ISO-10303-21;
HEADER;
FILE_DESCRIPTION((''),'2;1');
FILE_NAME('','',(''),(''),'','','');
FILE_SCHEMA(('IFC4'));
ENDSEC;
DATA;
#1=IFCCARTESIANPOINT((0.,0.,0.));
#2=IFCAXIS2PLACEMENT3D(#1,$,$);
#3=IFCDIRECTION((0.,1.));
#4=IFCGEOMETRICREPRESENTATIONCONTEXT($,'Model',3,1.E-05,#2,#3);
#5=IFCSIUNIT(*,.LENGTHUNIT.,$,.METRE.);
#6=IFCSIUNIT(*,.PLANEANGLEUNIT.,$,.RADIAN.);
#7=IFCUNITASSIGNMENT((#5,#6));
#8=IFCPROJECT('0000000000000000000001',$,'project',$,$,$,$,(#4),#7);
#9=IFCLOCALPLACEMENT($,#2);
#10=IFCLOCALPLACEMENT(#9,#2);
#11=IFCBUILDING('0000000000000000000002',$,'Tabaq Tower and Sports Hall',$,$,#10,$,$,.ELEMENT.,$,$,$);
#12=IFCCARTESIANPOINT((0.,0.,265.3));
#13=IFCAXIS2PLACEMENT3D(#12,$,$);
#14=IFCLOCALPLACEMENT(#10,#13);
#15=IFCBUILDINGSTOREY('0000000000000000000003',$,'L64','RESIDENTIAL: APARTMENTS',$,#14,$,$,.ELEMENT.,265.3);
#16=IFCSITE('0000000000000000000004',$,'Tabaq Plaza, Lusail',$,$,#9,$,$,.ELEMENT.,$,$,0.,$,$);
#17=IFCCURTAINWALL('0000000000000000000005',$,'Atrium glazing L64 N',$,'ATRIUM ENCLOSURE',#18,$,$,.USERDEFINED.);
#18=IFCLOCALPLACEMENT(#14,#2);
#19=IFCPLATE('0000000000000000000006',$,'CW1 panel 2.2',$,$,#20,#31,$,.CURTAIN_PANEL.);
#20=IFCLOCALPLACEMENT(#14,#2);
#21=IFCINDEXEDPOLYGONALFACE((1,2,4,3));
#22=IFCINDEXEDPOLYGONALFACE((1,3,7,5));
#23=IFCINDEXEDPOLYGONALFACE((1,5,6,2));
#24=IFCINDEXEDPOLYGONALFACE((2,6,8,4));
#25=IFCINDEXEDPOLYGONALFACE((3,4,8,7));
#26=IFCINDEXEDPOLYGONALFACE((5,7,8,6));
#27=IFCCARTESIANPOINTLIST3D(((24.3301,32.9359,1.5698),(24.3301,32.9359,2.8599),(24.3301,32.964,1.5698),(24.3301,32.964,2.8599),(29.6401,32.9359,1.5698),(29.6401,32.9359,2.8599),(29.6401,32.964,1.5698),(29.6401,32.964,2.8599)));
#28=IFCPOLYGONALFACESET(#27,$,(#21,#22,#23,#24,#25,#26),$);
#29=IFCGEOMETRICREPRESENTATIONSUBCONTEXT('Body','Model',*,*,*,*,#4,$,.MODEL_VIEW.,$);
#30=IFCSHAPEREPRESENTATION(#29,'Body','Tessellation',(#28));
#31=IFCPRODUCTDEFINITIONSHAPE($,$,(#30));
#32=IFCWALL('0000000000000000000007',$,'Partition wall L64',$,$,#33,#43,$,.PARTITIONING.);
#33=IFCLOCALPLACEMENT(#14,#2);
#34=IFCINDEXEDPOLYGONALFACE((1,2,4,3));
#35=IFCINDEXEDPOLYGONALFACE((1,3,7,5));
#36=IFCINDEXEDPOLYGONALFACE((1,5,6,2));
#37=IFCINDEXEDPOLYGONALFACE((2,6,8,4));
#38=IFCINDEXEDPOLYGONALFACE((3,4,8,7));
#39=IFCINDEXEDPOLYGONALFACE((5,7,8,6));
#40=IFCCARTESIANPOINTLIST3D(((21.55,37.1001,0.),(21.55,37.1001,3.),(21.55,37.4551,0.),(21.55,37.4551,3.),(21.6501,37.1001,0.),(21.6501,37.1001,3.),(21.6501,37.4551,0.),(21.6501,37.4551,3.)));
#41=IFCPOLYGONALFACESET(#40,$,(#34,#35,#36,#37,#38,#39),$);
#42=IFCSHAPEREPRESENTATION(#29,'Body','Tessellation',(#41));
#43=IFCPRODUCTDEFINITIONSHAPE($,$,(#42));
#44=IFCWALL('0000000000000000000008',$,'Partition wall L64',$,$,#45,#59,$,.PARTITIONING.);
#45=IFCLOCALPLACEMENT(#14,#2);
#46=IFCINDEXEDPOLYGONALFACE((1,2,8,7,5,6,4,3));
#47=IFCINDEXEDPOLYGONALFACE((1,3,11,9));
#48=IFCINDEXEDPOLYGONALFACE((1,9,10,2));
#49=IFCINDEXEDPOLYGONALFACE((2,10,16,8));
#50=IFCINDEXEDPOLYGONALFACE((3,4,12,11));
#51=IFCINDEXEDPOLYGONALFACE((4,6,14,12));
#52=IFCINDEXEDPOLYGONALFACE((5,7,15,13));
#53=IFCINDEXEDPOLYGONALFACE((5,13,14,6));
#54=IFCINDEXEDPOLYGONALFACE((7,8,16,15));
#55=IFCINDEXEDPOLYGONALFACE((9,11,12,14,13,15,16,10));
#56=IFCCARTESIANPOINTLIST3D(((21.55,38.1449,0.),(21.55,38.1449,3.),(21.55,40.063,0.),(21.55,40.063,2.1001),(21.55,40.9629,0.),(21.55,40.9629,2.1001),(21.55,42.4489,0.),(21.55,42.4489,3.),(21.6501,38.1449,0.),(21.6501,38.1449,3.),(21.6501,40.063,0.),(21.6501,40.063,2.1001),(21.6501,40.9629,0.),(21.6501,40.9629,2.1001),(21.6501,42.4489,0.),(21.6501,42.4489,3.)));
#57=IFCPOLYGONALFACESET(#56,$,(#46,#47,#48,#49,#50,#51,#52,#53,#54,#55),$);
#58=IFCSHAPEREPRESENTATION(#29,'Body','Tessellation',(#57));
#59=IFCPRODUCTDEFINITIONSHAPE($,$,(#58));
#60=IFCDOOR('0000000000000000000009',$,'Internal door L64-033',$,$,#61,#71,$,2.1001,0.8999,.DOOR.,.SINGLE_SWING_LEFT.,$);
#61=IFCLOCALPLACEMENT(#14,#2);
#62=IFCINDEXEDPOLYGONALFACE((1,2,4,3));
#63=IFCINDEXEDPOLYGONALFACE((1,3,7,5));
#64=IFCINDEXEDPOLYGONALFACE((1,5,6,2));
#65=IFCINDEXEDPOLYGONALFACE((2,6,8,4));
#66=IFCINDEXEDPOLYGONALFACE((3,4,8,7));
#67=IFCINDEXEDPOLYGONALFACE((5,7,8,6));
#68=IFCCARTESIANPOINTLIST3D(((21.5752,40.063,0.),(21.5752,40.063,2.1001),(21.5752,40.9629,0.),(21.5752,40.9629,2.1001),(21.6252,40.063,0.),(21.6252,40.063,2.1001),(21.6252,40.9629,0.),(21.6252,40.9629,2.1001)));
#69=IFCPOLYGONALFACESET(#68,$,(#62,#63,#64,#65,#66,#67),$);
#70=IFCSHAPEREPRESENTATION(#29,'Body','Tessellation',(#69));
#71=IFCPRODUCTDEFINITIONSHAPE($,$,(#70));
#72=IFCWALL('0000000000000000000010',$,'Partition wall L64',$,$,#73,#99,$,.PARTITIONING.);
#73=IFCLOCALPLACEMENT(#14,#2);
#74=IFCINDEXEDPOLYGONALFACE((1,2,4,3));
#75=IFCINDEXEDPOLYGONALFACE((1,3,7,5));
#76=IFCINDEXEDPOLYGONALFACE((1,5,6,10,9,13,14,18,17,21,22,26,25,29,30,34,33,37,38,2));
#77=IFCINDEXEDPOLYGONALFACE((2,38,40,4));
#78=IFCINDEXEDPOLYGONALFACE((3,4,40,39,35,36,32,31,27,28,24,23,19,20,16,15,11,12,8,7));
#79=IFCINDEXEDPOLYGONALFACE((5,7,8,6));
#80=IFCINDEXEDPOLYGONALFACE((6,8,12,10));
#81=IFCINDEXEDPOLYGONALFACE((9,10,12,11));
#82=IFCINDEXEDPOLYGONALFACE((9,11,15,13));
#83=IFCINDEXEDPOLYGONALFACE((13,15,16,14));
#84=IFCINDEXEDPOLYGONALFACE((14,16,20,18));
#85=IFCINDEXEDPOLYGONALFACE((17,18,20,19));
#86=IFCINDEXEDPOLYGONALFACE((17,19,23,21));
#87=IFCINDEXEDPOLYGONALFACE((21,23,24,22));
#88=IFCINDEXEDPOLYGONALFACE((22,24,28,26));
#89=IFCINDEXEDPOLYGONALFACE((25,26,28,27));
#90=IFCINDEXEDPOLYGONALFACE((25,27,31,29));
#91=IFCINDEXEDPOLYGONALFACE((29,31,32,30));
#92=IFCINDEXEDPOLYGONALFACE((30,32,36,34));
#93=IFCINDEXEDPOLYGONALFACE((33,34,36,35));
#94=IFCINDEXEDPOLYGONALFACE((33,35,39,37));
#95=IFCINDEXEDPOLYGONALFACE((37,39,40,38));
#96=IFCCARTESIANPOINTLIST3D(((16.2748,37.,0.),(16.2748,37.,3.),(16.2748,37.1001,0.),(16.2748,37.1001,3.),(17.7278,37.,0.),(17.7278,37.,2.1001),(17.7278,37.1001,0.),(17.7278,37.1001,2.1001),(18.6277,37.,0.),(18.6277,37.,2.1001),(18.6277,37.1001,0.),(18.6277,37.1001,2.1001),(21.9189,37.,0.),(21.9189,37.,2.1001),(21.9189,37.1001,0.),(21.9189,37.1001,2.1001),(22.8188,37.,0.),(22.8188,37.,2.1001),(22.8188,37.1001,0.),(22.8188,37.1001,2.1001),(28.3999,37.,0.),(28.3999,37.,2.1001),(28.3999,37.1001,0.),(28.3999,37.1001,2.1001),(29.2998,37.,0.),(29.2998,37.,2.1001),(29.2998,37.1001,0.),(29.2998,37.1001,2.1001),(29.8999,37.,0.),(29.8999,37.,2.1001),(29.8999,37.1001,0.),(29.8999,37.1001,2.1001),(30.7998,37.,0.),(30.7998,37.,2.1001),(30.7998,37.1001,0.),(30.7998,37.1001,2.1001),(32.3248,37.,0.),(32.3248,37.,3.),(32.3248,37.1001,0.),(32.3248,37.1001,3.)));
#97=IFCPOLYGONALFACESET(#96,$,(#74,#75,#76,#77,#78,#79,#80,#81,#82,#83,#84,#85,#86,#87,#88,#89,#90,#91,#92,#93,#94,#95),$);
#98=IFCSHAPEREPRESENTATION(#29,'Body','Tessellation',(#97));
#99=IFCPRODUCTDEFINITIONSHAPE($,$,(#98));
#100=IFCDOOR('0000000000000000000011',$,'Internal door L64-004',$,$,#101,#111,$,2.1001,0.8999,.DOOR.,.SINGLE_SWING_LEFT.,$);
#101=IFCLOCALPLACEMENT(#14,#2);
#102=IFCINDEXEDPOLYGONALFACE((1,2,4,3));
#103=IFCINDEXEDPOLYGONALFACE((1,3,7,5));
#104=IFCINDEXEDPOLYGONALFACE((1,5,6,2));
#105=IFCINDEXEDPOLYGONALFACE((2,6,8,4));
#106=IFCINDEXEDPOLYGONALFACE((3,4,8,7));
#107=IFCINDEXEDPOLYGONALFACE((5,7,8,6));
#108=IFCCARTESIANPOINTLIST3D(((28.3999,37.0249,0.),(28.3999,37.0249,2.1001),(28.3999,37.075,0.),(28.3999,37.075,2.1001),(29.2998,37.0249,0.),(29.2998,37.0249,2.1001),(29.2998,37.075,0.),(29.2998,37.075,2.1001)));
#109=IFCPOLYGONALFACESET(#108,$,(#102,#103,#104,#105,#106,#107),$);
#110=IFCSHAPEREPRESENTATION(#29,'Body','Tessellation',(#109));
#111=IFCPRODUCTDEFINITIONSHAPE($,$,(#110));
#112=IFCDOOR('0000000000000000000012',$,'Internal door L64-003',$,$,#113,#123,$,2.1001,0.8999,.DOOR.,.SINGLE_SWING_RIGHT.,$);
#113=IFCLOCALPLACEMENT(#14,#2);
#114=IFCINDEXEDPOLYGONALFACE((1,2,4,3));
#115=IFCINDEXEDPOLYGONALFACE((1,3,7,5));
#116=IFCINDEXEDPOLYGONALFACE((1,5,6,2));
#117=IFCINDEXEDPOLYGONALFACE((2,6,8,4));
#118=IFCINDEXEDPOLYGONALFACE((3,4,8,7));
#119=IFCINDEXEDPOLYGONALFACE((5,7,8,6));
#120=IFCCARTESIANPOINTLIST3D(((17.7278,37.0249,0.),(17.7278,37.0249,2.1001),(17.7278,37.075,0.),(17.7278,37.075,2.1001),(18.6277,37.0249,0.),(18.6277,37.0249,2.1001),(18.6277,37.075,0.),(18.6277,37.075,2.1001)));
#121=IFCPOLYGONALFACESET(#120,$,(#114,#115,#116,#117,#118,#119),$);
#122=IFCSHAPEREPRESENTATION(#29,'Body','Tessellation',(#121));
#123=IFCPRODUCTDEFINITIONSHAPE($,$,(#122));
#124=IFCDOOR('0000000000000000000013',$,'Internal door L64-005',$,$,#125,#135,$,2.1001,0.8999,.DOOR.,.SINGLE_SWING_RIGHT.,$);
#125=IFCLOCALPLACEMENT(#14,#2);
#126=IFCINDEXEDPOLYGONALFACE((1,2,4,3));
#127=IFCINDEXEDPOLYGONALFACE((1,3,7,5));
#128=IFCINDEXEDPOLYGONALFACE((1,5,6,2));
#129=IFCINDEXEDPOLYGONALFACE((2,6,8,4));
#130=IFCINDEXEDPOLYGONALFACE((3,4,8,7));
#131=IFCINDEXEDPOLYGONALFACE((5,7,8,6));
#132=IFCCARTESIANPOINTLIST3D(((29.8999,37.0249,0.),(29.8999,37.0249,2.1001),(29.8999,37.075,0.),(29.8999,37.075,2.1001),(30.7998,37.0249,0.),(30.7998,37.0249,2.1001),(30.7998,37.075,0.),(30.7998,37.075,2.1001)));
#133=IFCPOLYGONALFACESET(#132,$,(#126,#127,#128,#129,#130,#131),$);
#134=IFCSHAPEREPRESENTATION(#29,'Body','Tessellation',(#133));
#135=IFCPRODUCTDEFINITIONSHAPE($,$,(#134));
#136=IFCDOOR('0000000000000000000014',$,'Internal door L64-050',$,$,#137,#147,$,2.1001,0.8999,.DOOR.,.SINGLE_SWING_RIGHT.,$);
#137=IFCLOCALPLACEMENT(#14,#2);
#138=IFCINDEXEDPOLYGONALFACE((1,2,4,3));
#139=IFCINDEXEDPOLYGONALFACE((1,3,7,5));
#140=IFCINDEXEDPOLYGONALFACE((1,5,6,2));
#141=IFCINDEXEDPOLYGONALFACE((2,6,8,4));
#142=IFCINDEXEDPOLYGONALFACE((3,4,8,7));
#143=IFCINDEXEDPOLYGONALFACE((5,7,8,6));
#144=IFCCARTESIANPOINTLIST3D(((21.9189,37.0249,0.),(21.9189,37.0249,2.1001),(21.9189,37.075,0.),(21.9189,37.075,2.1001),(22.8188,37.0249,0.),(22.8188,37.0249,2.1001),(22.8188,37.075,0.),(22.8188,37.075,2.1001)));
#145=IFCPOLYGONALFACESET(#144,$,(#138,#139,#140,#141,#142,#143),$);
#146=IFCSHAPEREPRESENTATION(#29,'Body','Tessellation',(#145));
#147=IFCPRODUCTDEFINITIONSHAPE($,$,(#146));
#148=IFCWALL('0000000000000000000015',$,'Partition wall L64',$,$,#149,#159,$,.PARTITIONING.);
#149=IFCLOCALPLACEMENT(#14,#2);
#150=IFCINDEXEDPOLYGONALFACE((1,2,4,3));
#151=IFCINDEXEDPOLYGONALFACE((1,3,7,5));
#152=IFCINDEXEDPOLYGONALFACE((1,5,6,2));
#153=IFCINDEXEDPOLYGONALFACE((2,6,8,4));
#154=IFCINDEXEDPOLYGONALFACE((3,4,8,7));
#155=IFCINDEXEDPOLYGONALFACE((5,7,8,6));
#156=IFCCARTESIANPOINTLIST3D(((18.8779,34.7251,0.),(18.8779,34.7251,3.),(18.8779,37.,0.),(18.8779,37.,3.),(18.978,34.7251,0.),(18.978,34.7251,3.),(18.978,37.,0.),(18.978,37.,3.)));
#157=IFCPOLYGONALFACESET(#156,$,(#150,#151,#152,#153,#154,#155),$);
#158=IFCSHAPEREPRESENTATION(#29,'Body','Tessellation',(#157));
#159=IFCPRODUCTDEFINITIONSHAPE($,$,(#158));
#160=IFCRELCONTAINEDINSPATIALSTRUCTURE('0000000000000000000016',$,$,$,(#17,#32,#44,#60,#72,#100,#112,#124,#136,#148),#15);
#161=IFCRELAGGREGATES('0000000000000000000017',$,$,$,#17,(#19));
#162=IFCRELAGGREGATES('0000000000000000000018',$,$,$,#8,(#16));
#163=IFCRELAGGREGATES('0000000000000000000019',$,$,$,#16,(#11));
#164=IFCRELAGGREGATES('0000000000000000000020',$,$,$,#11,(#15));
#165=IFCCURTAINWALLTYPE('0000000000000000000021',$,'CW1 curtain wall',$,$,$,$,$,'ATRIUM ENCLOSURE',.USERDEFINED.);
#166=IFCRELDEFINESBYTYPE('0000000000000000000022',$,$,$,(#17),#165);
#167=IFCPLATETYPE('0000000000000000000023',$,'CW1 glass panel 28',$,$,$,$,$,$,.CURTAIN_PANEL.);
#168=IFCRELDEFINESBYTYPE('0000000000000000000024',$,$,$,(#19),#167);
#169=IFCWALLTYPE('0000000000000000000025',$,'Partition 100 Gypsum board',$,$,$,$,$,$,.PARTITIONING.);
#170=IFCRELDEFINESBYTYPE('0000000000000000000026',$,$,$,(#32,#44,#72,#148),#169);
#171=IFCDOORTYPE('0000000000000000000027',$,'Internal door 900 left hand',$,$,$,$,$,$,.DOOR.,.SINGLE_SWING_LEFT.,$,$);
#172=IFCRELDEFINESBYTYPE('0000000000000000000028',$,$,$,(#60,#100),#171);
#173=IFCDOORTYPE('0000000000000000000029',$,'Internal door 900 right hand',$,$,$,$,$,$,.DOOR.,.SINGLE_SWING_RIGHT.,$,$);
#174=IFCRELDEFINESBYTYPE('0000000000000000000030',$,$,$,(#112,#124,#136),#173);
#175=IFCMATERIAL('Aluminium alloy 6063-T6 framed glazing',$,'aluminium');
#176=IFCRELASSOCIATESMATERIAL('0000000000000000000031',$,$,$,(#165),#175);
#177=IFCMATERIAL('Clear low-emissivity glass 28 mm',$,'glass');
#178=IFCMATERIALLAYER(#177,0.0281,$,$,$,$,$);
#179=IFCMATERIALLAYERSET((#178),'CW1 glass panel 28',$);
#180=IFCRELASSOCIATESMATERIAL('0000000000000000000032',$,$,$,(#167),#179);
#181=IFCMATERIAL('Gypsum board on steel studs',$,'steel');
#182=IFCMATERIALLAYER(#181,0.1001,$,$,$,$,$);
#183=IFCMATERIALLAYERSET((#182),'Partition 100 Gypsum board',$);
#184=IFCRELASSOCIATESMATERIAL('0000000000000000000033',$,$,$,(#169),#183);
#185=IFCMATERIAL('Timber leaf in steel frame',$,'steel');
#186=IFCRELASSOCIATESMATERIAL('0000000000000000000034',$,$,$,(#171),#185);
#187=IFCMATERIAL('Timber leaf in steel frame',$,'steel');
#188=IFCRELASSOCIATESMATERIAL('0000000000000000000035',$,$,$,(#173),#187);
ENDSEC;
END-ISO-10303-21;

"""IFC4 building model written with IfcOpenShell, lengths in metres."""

from ifc_helpers import new_model, si_unit, direction, frame, frame_2d, origin, origin_2d, place, context, subcontext, project, spatial, rectangle, extrude, material, layer, layer_set, type_object, element, fill, aggregate, save


model = new_model("IFC4")

# Units and contexts
model_context = context("Model", 3, precision=1e-05, world=origin(), true_north=direction((0.0, 1.0)))
body_context = subcontext(model_context, "Body", "Model", "MODEL_VIEW")
ifc_project = project(units=[si_unit("LENGTHUNIT", "METRE"), si_unit("PLANEANGLEUNIT", "RADIAN")], contexts=[model_context])

# Site, building, storey
site_placement = place(None, origin())
site = spatial("IfcSite", under=ifc_project, at=site_placement, Name="Tabaq Plaza, Lusail", CompositionType="ELEMENT", RefElevation=0.0)
building_placement = place(site_placement, origin())
building = spatial("IfcBuilding", under=site, at=building_placement, Name="Tabaq Tower and Sports Hall", CompositionType="ELEMENT")
storey_placement = place(building_placement, frame((0.0, 0.0, 265.3)))
storey = spatial("IfcBuildingStorey", under=building, at=storey_placement, Name="L64", Description="RESIDENTIAL: APARTMENTS", CompositionType="ELEMENT", Elevation=265.3)

# Curtain wall, plate
ifc_material_1 = material(Name="Aluminium alloy 6063-T6 framed glazing", Category="aluminium")
curtain_wall_type = type_object("IfcCurtainWallType", Name="CW1 curtain wall", ElementType="ATRIUM ENCLOSURE", PredefinedType="USERDEFINED", material=ifc_material_1)
curtain_wall_placement = place(storey_placement, origin())
curtain_wall = element("IfcCurtainWall", 1, at=curtain_wall_placement, inside=storey, type_object=curtain_wall_type, Name="Atrium glazing L64 N", ObjectType="ATRIUM ENCLOSURE", PredefinedType="USERDEFINED")
ifc_material_2 = material(Name="Clear low-emissivity glass 28 mm", Category="glass")
ifc_layer_1 = layer(ifc_material_2, 0.0281)
ifc_layer_set_1 = layer_set([ifc_layer_1], Name="CW1 glass panel 28")
plate_type = type_object("IfcPlateType", Name="CW1 glass panel 28", PredefinedType="CURTAIN_PANEL", material=ifc_layer_set_1)
plate_1_placement = place(storey_placement, frame((26.9851, 32.95, 1.5698), z_axis=(0.0, 0.0, 1.0), x_axis=(1.0, 0.0, 0.0)))
plate_1 = element("IfcPlate", 2, at=plate_1_placement, type_object=plate_type, Name="CW1 panel 2.2", PredefinedType="CURTAIN_PANEL", context=body_context, shape_type="SweptSolid", body=[
    extrude(rectangle(XDim=5.3101, YDim=0.0281, at=origin_2d()), origin(), (0.0, 0.0, 1.0), 1.29),
])
aggregate(curtain_wall, [plate_1])

# Wall
ifc_material_3 = material(Name="Gypsum board on steel studs", Category="steel")
ifc_layer_2 = layer(ifc_material_3, 0.1001)
ifc_layer_set_2 = layer_set([ifc_layer_2], Name="Partition 100 Gypsum board")
wall_type = type_object("IfcWallType", Name="Partition 100 Gypsum board", PredefinedType="PARTITIONING", material=ifc_layer_set_2)
wall_1_placement = place(storey_placement, frame((21.6001, 37.1001, 0.0), z_axis=(0.0, 0.0, 1.0), x_axis=(0.0, 1.0, 0.0)))
element("IfcWall", 3, at=wall_1_placement, inside=storey, type_object=wall_type, Name="Partition wall L64", PredefinedType="PARTITIONING", context=body_context, shape_type="SweptSolid", body=[
    extrude(rectangle(XDim=0.355, YDim=0.1001, at=frame_2d((0.1775, 0.0))), origin(), (0.0, 0.0, 1.0), 3.0),
])

# Wall, opening, door
wall_2_placement = place(storey_placement, frame((21.6001, 38.145, 0.0), z_axis=(0.0, 0.0, 1.0), x_axis=(0.0, 1.0, 0.0)))
wall_2 = element("IfcWall", 4, at=wall_2_placement, inside=storey, type_object=wall_type, Name="Partition wall L64", PredefinedType="PARTITIONING", context=body_context, shape_type="SweptSolid", body=[
    extrude(rectangle(XDim=4.304, YDim=0.1001, at=frame_2d((2.1519, 0.0))), origin(), (0.0, 0.0, 1.0), 3.0),
])
opening_1_placement = place(wall_2_placement, frame((1.918, 0.0, 0.0)))
opening_1 = element("IfcOpeningElement", 5, at=opening_1_placement, cuts=wall_2, PredefinedType="OPENING", context=body_context, shape_type="SweptSolid", body=[
    extrude(rectangle(XDim=0.8999, YDim=2.1001, at=frame_2d((0.45, 1.05))), frame((0.0, 0.05, 0.0), z_axis=(0.0, -1.0, 0.0), x_axis=(1.0, 0.0, 0.0)), (0.0, 0.0, 1.0), 0.1001),
])
ifc_material_4 = material(Name="Timber leaf in steel frame", Category="steel")
door_type_1 = type_object("IfcDoorType", Name="Internal door 900 left hand", OperationType="SINGLE_SWING_LEFT", PredefinedType="DOOR", material=ifc_material_4)
door_1_placement = place(opening_1_placement, origin())
door_1 = element("IfcDoor", 6, at=door_1_placement, inside=storey, type_object=door_type_1, Name="Internal door L64-033", OperationType="SINGLE_SWING_LEFT", OverallHeight=2.1001, OverallWidth=0.8999, PredefinedType="DOOR", context=body_context, shape_type="SweptSolid", body=[
    extrude(rectangle(XDim=0.8999, YDim=2.1001, at=frame_2d((0.45, 1.05))), frame((0.0, 0.0249, 0.0), z_axis=(0.0, -1.0, 0.0), x_axis=(1.0, 0.0, 0.0)), (0.0, 0.0, 1.0), 0.05),
])
fill(opening_1, door_1)

# Wall, openings, doors
wall_3_placement = place(storey_placement, frame((16.2749, 37.05, 0.0), z_axis=(0.0, 0.0, 1.0), x_axis=(1.0, 0.0, 0.0)))
wall_3 = element("IfcWall", 7, at=wall_3_placement, inside=storey, type_object=wall_type, Name="Partition wall L64", PredefinedType="PARTITIONING", context=body_context, shape_type="SweptSolid", body=[
    extrude(rectangle(XDim=16.05, YDim=0.1001, at=frame_2d((8.0249, 0.0))), origin(), (0.0, 0.0, 1.0), 3.0),
])
opening_2_placement = place(wall_3_placement, frame((1.4529, 0.0, 0.0)))
opening_2 = element("IfcOpeningElement", 8, at=opening_2_placement, cuts=wall_3, PredefinedType="OPENING", context=body_context, shape_type="SweptSolid", body=[
    extrude(rectangle(XDim=0.8999, YDim=2.1001, at=frame_2d((0.45, 1.05))), frame((0.0, 0.05, 0.0), z_axis=(0.0, -1.0, 0.0), x_axis=(1.0, 0.0, 0.0)), (0.0, 0.0, 1.0), 0.1001),
])
opening_3_placement = place(wall_3_placement, frame((12.125, 0.0, 0.0)))
opening_3 = element("IfcOpeningElement", 9, at=opening_3_placement, cuts=wall_3, PredefinedType="OPENING", context=body_context, shape_type="SweptSolid", body=[
    extrude(rectangle(XDim=0.8999, YDim=2.1001, at=frame_2d((0.45, 1.05))), frame((0.0, 0.05, 0.0), z_axis=(0.0, -1.0, 0.0), x_axis=(1.0, 0.0, 0.0)), (0.0, 0.0, 1.0), 0.1001),
])
opening_4_placement = place(wall_3_placement, frame((13.625, 0.0, 0.0)))
opening_4 = element("IfcOpeningElement", 10, at=opening_4_placement, cuts=wall_3, PredefinedType="OPENING", context=body_context, shape_type="SweptSolid", body=[
    extrude(rectangle(XDim=0.8999, YDim=2.1001, at=frame_2d((0.45, 1.05))), frame((0.0, 0.05, 0.0), z_axis=(0.0, -1.0, 0.0), x_axis=(1.0, 0.0, 0.0)), (0.0, 0.0, 1.0), 0.1001),
])
opening_5_placement = place(wall_3_placement, frame((5.644, 0.0, 0.0)))
opening_5 = element("IfcOpeningElement", 11, at=opening_5_placement, cuts=wall_3, PredefinedType="OPENING", context=body_context, shape_type="SweptSolid", body=[
    extrude(rectangle(XDim=0.8999, YDim=2.1001, at=frame_2d((0.45, 1.05))), frame((0.0, 0.05, 0.0), z_axis=(0.0, -1.0, 0.0), x_axis=(1.0, 0.0, 0.0)), (0.0, 0.0, 1.0), 0.1001),
])
door_2_placement = place(opening_3_placement, origin())
door_2 = element("IfcDoor", 12, at=door_2_placement, inside=storey, type_object=door_type_1, Name="Internal door L64-004", OperationType="SINGLE_SWING_LEFT", OverallHeight=2.1001, OverallWidth=0.8999, PredefinedType="DOOR", context=body_context, shape_type="SweptSolid", body=[
    extrude(rectangle(XDim=0.8999, YDim=2.1001, at=frame_2d((0.45, 1.05))), frame((0.0, 0.0249, 0.0), z_axis=(0.0, -1.0, 0.0), x_axis=(1.0, 0.0, 0.0)), (0.0, 0.0, 1.0), 0.05),
])
fill(opening_3, door_2)
ifc_material_5 = material(Name="Timber leaf in steel frame", Category="steel")
door_type_2 = type_object("IfcDoorType", Name="Internal door 900 right hand", OperationType="SINGLE_SWING_RIGHT", PredefinedType="DOOR", material=ifc_material_5)
door_3_placement = place(opening_2_placement, origin())
door_3 = element("IfcDoor", 13, at=door_3_placement, inside=storey, type_object=door_type_2, Name="Internal door L64-003", OperationType="SINGLE_SWING_RIGHT", OverallHeight=2.1001, OverallWidth=0.8999, PredefinedType="DOOR", context=body_context, shape_type="SweptSolid", body=[
    extrude(rectangle(XDim=0.8999, YDim=2.1001, at=frame_2d((0.45, 1.05))), frame((0.0, 0.0249, 0.0), z_axis=(0.0, -1.0, 0.0), x_axis=(1.0, 0.0, 0.0)), (0.0, 0.0, 1.0), 0.05),
])
fill(opening_2, door_3)
door_4_placement = place(opening_4_placement, origin())
door_4 = element("IfcDoor", 14, at=door_4_placement, inside=storey, type_object=door_type_2, Name="Internal door L64-005", OperationType="SINGLE_SWING_RIGHT", OverallHeight=2.1001, OverallWidth=0.8999, PredefinedType="DOOR", context=body_context, shape_type="SweptSolid", body=[
    extrude(rectangle(XDim=0.8999, YDim=2.1001, at=frame_2d((0.45, 1.05))), frame((0.0, 0.0249, 0.0), z_axis=(0.0, -1.0, 0.0), x_axis=(1.0, 0.0, 0.0)), (0.0, 0.0, 1.0), 0.05),
])
fill(opening_4, door_4)
door_5_placement = place(opening_5_placement, origin())
door_5 = element("IfcDoor", 15, at=door_5_placement, inside=storey, type_object=door_type_2, Name="Internal door L64-050", OperationType="SINGLE_SWING_RIGHT", OverallHeight=2.1001, OverallWidth=0.8999, PredefinedType="DOOR", context=body_context, shape_type="SweptSolid", body=[
    extrude(rectangle(XDim=0.8999, YDim=2.1001, at=frame_2d((0.45, 1.05))), frame((0.0, 0.0249, 0.0), z_axis=(0.0, -1.0, 0.0), x_axis=(1.0, 0.0, 0.0)), (0.0, 0.0, 1.0), 0.05),
])
fill(opening_5, door_5)

# Wall
wall_4_placement = place(storey_placement, frame((18.928, 34.7251, 0.0), z_axis=(0.0, 0.0, 1.0), x_axis=(0.0, 1.0, 0.0)))
element("IfcWall", 16, at=wall_4_placement, inside=storey, type_object=wall_type, Name="Partition wall L64", PredefinedType="PARTITIONING", context=body_context, shape_type="SweptSolid", body=[
    extrude(rectangle(XDim=2.2749, YDim=0.1001, at=frame_2d((1.1375, 0.0))), origin(), (0.0, 0.0, 1.0), 3.0),
])

save(model, "model.ifc")
